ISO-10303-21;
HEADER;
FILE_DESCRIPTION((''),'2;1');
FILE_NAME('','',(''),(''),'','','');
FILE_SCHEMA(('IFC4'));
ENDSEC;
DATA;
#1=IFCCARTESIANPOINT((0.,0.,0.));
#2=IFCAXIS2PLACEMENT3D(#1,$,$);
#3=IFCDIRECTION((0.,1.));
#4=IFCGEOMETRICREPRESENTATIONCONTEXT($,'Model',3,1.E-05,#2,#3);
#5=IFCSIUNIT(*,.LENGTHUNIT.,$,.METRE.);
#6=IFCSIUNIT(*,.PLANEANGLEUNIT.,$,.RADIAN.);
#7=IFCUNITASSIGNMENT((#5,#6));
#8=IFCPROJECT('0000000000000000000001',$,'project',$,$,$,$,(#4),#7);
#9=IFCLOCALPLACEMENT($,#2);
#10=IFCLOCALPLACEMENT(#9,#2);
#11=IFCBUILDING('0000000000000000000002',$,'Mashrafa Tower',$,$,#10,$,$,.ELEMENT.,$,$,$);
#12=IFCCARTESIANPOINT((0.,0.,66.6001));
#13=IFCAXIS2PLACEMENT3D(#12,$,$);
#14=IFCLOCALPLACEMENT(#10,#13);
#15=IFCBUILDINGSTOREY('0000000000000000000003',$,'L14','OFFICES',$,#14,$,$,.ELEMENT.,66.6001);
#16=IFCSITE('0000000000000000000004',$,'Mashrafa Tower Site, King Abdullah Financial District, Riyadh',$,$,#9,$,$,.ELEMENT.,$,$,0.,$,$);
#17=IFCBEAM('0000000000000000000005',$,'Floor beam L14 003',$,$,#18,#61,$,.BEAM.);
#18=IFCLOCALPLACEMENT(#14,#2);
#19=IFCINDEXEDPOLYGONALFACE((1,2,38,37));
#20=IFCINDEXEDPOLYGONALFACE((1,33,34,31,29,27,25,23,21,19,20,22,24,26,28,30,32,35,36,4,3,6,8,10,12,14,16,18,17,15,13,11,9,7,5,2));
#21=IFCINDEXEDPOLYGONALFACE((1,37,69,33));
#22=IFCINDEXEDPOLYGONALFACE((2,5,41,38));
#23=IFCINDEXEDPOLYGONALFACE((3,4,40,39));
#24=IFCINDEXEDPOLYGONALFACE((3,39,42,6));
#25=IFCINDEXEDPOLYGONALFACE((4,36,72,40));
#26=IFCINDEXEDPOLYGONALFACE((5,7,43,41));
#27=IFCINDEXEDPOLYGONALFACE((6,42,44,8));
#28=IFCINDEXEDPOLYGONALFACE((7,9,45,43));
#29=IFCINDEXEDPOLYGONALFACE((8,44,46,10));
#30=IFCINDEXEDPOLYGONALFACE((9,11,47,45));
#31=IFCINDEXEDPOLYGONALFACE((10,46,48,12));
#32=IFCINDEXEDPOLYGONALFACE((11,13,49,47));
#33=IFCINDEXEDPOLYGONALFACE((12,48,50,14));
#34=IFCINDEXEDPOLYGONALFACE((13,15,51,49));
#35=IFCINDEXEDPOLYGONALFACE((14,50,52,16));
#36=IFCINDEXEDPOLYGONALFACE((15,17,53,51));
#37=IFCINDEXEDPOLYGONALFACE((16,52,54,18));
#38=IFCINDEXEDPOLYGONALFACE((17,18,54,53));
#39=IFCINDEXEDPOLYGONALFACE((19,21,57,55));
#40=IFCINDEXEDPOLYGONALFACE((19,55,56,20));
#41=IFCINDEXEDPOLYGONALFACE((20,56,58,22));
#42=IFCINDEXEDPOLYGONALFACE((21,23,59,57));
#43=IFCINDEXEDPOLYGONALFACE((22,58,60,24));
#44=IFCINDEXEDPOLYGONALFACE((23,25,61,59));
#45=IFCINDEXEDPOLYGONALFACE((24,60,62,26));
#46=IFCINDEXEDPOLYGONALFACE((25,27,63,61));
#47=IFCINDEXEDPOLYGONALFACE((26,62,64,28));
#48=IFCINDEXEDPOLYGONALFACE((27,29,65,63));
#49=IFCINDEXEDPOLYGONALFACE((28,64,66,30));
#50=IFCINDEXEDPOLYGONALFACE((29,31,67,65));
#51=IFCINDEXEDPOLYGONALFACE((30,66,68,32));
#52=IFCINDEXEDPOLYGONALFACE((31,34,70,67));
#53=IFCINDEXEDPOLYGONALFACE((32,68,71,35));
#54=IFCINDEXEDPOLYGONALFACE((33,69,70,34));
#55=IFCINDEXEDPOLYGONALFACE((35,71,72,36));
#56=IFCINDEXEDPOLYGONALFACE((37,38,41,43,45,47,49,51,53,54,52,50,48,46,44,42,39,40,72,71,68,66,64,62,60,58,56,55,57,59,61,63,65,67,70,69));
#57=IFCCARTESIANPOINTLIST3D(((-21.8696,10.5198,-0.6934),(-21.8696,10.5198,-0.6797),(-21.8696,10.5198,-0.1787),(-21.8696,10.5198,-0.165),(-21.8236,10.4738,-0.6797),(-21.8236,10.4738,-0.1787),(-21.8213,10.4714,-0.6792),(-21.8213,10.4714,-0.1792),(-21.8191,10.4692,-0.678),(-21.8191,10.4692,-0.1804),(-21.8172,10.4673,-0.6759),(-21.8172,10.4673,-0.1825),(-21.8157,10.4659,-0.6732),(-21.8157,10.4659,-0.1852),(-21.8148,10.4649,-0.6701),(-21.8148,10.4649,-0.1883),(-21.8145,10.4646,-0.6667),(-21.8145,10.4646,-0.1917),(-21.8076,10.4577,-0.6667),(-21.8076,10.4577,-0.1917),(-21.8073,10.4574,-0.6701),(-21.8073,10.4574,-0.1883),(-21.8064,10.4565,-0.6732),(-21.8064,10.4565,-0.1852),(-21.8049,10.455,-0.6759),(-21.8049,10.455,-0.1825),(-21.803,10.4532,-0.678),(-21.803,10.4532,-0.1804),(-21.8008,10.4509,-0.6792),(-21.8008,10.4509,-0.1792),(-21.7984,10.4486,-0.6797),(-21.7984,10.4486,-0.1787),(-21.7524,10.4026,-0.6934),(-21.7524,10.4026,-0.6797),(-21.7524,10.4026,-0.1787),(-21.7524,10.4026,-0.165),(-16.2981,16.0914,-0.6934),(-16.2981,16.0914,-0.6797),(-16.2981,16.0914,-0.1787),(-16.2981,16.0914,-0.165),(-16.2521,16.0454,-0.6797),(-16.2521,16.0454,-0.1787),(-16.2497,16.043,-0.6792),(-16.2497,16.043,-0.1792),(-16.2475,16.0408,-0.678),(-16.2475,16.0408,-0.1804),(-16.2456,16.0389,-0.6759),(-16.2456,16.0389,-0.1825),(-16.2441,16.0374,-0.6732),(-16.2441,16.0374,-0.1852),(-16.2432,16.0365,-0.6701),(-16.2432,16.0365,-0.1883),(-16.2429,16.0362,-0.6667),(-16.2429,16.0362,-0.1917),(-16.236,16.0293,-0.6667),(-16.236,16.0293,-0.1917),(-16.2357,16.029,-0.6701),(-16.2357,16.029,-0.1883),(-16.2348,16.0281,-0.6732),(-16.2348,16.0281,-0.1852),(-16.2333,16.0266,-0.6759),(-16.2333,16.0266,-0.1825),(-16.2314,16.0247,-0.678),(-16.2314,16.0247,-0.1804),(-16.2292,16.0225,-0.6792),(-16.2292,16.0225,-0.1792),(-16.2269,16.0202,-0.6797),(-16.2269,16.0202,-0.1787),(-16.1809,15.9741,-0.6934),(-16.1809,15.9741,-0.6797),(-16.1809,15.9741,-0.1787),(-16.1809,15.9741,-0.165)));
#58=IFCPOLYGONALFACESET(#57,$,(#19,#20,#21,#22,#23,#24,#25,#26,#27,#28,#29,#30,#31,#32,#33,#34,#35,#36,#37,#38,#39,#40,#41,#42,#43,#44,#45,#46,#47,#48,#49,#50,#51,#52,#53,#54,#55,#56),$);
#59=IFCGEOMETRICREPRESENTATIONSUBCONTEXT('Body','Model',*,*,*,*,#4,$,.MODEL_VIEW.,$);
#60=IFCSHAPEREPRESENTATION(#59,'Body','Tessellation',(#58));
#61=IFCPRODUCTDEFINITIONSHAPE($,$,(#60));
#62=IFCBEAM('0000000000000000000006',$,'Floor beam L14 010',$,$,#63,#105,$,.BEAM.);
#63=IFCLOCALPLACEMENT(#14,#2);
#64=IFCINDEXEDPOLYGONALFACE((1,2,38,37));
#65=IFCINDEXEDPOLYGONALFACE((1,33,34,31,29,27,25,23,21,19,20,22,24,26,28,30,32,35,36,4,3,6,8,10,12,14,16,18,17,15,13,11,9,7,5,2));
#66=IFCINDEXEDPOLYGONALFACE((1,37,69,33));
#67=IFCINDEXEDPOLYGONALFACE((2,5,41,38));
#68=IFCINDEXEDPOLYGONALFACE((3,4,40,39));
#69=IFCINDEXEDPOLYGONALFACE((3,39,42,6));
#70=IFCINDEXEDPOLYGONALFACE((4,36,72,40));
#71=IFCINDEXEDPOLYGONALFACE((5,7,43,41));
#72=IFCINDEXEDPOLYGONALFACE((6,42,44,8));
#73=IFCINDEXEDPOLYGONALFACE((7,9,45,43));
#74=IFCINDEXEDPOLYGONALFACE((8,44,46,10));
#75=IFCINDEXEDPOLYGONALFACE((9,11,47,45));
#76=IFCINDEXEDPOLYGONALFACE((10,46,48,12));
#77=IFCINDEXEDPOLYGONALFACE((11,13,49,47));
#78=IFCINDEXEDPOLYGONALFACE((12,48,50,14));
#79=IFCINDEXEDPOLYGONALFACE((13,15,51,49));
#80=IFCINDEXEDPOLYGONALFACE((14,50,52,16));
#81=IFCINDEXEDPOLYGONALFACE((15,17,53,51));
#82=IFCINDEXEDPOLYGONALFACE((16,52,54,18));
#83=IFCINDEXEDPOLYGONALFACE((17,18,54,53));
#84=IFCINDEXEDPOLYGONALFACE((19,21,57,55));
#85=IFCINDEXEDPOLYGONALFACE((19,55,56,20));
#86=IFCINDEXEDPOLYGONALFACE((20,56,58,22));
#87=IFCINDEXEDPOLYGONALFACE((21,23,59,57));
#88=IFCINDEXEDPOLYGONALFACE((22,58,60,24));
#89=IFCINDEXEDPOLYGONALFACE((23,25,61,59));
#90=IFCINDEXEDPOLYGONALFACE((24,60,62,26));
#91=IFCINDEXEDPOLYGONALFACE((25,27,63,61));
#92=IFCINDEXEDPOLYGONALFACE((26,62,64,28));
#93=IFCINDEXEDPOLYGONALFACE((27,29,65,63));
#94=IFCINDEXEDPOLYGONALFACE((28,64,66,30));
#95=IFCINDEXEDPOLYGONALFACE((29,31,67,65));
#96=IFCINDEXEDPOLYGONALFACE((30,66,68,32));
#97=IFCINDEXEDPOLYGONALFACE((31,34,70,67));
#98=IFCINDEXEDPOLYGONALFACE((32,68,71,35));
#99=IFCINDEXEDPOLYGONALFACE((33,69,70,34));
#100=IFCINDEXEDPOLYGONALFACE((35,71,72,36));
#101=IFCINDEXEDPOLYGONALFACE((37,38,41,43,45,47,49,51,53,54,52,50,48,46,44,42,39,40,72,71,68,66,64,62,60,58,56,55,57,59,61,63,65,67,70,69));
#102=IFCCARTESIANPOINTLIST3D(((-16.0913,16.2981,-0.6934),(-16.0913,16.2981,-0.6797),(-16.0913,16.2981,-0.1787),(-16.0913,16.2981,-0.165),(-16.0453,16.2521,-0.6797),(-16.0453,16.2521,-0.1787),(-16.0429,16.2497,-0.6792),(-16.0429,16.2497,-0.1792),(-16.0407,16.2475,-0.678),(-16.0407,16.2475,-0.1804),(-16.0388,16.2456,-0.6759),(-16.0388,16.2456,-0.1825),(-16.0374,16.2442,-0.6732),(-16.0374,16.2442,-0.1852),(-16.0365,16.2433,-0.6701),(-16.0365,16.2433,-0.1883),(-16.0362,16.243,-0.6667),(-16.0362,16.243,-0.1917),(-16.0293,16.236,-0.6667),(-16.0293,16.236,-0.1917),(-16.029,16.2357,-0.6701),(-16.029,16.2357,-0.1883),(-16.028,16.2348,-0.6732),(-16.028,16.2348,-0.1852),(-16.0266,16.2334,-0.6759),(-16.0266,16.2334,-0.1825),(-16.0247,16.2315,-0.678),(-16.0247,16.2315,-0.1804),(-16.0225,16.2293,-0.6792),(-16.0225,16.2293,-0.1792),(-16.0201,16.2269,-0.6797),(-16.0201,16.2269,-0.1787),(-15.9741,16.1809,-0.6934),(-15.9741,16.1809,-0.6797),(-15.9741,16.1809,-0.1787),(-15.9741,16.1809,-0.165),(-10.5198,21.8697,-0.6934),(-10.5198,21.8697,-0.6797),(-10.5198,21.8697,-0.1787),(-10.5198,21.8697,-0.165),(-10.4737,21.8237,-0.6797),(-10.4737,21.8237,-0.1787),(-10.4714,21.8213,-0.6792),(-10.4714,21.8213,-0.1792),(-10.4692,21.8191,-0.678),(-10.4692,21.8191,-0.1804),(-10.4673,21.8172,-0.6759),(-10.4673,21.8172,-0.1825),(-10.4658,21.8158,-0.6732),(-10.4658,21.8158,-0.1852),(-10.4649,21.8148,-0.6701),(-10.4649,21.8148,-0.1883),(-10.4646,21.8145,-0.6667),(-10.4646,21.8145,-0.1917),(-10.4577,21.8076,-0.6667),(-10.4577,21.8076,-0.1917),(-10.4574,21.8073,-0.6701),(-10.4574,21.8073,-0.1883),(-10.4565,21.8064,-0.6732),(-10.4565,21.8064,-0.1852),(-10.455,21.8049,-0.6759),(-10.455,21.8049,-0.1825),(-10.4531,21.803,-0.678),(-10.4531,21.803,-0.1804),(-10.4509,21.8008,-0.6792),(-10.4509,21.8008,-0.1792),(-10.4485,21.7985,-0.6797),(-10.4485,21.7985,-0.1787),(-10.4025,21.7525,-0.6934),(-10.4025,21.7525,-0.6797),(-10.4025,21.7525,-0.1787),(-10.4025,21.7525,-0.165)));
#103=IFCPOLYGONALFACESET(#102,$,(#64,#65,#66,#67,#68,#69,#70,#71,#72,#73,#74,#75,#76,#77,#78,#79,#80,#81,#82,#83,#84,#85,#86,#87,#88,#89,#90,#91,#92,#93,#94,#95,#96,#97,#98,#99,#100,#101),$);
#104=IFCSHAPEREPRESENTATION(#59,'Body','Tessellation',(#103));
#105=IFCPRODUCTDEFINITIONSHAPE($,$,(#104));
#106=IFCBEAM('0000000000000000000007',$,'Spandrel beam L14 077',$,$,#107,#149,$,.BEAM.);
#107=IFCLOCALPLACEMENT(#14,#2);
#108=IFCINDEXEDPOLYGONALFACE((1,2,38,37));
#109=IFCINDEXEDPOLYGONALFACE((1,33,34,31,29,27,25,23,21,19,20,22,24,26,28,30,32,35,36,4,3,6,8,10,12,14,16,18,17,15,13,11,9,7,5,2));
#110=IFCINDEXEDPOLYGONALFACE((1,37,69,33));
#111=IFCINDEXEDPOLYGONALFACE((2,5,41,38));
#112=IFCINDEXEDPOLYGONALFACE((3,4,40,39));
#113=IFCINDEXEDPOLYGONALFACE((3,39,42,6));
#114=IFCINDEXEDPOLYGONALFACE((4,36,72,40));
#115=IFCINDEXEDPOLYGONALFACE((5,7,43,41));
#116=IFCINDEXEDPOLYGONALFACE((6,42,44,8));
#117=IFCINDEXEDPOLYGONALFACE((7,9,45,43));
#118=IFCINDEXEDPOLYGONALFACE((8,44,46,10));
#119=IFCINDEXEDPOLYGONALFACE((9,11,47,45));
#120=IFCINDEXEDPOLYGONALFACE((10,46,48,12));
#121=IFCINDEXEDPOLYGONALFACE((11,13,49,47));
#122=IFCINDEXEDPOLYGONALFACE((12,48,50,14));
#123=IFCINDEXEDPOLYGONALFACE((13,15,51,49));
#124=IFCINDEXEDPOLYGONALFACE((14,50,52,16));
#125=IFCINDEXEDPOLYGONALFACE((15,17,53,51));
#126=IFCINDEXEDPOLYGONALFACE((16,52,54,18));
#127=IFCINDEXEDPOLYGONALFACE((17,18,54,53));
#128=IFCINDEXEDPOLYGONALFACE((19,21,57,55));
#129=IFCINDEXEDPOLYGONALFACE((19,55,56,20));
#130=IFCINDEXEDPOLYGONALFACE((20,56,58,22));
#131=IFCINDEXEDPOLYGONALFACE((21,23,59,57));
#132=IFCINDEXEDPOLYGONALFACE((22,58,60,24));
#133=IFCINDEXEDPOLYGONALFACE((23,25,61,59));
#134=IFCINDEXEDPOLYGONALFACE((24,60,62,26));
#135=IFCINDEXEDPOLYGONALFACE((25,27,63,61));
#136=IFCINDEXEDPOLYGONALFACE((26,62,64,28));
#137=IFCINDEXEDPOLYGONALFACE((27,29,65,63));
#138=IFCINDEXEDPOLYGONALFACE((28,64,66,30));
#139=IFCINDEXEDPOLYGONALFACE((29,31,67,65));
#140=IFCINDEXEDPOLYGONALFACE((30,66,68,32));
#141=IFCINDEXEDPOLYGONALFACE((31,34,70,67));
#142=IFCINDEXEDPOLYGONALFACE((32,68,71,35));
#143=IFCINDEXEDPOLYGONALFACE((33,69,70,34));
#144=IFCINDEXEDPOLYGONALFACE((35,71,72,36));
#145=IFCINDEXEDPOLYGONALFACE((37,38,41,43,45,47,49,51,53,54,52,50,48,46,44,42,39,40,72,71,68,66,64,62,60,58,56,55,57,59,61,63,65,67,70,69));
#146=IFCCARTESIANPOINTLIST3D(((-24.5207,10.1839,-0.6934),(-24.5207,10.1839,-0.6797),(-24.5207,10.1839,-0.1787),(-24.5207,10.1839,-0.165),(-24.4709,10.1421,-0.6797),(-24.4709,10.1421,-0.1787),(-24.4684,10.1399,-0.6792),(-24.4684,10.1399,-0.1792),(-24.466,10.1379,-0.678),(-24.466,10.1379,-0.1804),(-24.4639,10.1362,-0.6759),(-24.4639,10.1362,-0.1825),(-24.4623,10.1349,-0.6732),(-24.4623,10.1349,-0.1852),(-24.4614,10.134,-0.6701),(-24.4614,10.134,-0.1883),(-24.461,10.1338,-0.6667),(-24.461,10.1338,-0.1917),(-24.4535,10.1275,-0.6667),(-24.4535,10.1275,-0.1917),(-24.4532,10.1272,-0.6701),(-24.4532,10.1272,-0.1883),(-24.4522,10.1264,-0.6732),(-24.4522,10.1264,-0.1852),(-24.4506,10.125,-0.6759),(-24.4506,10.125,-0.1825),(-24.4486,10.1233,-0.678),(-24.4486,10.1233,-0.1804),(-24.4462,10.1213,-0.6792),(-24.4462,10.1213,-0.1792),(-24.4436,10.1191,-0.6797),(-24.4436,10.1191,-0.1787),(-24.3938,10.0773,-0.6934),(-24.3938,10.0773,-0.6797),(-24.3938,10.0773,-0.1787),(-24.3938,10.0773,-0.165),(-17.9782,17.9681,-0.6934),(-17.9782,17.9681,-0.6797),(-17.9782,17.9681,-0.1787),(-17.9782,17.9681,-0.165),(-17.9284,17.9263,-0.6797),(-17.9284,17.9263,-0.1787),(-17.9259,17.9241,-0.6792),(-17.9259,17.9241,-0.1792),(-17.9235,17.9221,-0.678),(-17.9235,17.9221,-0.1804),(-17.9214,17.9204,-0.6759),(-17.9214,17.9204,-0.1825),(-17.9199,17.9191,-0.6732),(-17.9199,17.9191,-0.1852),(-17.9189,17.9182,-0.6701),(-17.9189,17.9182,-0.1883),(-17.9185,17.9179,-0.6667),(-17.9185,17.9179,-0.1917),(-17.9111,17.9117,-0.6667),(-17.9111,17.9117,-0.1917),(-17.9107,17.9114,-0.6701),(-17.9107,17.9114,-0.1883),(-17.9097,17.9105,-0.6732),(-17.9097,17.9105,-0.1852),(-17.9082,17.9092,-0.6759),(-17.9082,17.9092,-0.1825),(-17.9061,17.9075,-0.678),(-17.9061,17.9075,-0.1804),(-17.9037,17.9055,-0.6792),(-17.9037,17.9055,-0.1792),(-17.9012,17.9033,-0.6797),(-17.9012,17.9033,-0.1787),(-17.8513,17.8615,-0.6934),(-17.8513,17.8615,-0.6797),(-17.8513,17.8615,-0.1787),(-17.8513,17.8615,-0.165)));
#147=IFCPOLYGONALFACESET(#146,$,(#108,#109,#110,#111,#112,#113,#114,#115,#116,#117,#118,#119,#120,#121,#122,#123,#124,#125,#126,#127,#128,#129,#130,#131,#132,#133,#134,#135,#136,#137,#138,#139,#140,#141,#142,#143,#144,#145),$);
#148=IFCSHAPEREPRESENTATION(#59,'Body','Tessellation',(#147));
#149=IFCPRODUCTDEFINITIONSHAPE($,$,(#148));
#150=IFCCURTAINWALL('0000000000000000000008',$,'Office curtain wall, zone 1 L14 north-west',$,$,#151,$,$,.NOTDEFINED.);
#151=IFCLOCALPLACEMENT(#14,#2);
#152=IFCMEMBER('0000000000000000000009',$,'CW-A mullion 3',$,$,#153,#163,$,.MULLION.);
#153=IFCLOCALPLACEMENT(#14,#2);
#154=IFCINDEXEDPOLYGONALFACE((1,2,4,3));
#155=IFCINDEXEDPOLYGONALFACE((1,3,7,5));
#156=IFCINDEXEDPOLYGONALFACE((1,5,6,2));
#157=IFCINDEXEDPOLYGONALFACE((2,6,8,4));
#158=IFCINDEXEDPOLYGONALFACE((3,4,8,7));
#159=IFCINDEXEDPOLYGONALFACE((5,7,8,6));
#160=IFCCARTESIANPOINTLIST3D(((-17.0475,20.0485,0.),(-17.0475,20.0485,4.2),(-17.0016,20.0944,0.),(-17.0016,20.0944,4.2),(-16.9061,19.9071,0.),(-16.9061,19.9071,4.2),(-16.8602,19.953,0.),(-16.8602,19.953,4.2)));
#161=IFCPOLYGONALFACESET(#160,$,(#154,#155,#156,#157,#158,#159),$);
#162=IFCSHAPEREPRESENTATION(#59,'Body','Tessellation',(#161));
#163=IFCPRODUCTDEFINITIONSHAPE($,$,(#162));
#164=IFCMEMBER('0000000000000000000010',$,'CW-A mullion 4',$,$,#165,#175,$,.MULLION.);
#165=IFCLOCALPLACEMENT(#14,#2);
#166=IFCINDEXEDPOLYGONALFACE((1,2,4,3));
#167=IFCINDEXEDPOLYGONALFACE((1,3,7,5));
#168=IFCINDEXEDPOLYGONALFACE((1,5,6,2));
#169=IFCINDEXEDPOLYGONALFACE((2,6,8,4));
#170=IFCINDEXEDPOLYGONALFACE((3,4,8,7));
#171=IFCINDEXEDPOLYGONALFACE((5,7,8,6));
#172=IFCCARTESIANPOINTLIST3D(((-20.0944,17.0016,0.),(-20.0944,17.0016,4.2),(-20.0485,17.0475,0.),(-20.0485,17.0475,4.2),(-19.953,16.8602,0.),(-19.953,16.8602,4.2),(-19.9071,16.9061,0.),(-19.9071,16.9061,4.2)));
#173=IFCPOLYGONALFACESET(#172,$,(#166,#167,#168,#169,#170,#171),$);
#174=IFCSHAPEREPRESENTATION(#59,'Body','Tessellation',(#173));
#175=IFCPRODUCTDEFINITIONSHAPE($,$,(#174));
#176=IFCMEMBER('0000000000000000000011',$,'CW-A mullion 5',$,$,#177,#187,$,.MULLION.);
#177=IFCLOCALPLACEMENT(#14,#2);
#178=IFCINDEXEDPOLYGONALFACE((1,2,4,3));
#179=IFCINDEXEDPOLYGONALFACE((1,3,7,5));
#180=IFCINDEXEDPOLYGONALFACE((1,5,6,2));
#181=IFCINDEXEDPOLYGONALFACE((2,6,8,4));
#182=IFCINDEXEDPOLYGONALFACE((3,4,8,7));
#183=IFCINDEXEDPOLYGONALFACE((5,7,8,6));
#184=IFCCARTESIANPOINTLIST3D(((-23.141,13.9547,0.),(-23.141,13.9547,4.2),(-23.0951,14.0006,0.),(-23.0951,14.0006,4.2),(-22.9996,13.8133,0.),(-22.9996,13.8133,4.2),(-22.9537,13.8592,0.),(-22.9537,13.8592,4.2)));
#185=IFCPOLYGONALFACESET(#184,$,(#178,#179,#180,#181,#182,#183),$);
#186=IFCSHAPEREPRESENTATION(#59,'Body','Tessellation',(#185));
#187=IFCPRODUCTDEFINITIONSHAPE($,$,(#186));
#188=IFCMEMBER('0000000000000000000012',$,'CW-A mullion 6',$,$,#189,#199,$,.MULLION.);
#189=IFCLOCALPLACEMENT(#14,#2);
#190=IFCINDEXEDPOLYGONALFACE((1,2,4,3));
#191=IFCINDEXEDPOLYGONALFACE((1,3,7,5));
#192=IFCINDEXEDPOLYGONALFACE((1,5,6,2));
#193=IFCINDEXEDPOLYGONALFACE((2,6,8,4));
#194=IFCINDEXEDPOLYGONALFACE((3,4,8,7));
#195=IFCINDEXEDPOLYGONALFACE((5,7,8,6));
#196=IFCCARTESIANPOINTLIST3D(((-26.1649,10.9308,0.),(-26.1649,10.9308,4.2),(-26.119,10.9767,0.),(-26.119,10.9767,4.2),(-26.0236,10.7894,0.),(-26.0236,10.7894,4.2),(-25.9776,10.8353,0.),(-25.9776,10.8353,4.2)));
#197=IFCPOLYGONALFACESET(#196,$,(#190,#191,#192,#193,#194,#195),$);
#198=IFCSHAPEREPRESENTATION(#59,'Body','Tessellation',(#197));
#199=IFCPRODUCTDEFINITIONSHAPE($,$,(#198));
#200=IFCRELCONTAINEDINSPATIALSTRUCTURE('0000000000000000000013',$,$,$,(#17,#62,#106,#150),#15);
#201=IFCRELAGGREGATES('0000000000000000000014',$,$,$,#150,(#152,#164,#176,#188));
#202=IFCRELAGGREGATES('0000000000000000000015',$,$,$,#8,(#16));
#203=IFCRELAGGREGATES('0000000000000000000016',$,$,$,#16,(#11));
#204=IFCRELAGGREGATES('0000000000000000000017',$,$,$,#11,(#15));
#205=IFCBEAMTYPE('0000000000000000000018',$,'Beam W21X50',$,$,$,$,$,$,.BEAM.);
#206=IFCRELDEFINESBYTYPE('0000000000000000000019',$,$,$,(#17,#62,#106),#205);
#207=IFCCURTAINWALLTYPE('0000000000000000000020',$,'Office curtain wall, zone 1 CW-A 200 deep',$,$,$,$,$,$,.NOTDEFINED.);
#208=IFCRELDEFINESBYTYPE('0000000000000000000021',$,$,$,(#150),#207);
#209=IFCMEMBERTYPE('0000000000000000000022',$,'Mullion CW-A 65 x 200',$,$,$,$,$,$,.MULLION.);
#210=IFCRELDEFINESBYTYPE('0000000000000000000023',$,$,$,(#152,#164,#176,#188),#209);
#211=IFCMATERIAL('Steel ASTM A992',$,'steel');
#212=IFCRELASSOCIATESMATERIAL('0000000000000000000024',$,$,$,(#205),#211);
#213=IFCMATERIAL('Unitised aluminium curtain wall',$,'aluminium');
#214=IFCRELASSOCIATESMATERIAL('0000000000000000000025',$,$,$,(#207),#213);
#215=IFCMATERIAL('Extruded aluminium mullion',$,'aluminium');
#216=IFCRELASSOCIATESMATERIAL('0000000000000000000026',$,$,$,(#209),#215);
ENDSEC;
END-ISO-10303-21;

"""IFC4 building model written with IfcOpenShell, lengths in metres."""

from ifc_helpers import new_model, si_unit, direction, frame, origin, origin_2d, place, context, subcontext, project, spatial, rectangle, i_section, extrude, source, transform, mapped, material, material_profile, profile_set, type_object, type_shapes, element, aggregate, save


model = new_model("IFC4")

# Units and contexts
model_context = context("Model", 3, precision=1e-05, world=origin(), true_north=direction((0.0, 1.0)))
body_context = subcontext(model_context, "Body", "Model", "MODEL_VIEW")
ifc_project = project(units=[si_unit("LENGTHUNIT", "METRE"), si_unit("PLANEANGLEUNIT", "RADIAN")], contexts=[model_context])

# Site, building, storey
site_placement = place(None, origin())
site = spatial("IfcSite", under=ifc_project, at=site_placement, Name="Mashrafa Tower Site, King Abdullah Financial District, Riyadh", CompositionType="ELEMENT", RefElevation=0.0)
building_placement = place(site_placement, origin())
building = spatial("IfcBuilding", under=site, at=building_placement, Name="Mashrafa Tower", CompositionType="ELEMENT")
storey_placement = place(building_placement, frame((0.0, 0.0, 66.6001)))
storey = spatial("IfcBuildingStorey", under=building, at=storey_placement, Name="L14", Description="OFFICES", CompositionType="ELEMENT", Elevation=66.6001)

# Beams
ifc_material_1 = material(Name="Steel ASTM A992", Category="steel")
ifc_material_profile_1 = material_profile(ifc_material_1, i_section(OverallWidth=0.1658, OverallDepth=0.5283, WebThickness=0.0098, FlangeThickness=0.0137, FilletRadius=0.0129, at=origin_2d()), Name="W21X50")
ifc_profile_set_1 = profile_set([ifc_material_profile_1], Name="Steel ASTM A992")
beam_type_1 = type_object("IfcBeamType", Name="Beam W21X50", PredefinedType="BEAM", material=ifc_profile_set_1)
for number, where, z_axis, x_axis, name in (
    (1, (-21.811, 10.4612, -0.4292), (0.707107, 0.707107, 0.0), (-0.707107, 0.707107, 0.0), "Floor beam L14 003"),
    (2, (-16.0327, 16.2395, -0.4292), (0.707107, 0.707107, 0.0), (-0.707107, 0.707107, 0.0), "Floor beam L14 010"),
):
    element("IfcBeam", number, at=place(storey_placement, frame(where, z_axis=z_axis, x_axis=x_axis)), inside=storey, type_object=beam_type_1, Name=name, PredefinedType="BEAM", context=body_context, shape_type="SweptSolid", body=[
        extrude(i_section(OverallWidth=0.1658, OverallDepth=0.5283, WebThickness=0.0098, FlangeThickness=0.0137, FilletRadius=0.0129, at=origin_2d()), origin(), (0.0, 0.0, 1.0), 7.8794),
    ])
beam_1_placement = place(storey_placement, frame((-17.9148, 17.9148, -0.4292), z_axis=(-0.643409, -0.765522, 0.0), x_axis=(0.765522, -0.643409, 0.0)))
element("IfcBeam", 3, at=beam_1_placement, inside=storey, type_object=beam_type_1, Name="Spandrel beam L14 077", PredefinedType="BEAM", context=body_context, shape_type="SweptSolid", body=[
    extrude(i_section(OverallWidth=0.1658, OverallDepth=0.5283, WebThickness=0.0098, FlangeThickness=0.0137, FilletRadius=0.0129, at=origin_2d()), origin(), (0.0, 0.0, 1.0), 10.1685),
])

# Curtain wall, members
ifc_material_2 = material(Name="Unitised aluminium curtain wall", Category="aluminium")
curtain_wall_type = type_object("IfcCurtainWallType", Name="Office curtain wall, zone 1 CW-A 200 deep", PredefinedType="NOTDEFINED", material=ifc_material_2)
curtain_wall_1_placement = place(storey_placement, origin())
curtain_wall_1 = element("IfcCurtainWall", 4, at=curtain_wall_1_placement, inside=storey, type_object=curtain_wall_type, Name="Office curtain wall, zone 1 L14 north-west", PredefinedType="NOTDEFINED")
ifc_material_3 = material(Name="Extruded aluminium mullion", Category="aluminium")
ifc_material_profile_2 = material_profile(ifc_material_3, rectangle(XDim=0.2, YDim=0.0649, at=origin_2d()), Name="Mullion 65x200")
ifc_profile_set_2 = profile_set([ifc_material_profile_2], Name="Extruded aluminium mullion")
member_type_1 = type_object("IfcMemberType", Name="Mullion CW-A 65 x 200", PredefinedType="MULLION", material=ifc_profile_set_2)
shared_shape_1 = source(origin(), body_context, "Body", "SweptSolid", [
    extrude(rectangle(XDim=0.2, YDim=0.0649, at=origin_2d()), origin(), (0.0, 0.0, 1.0), 4.2),
])
type_shapes(member_type_1, [shared_shape_1])
member_1_placement = place(storey_placement, frame((-16.9539, 20.0007, 0.0), z_axis=(0.0, 0.0, 1.0), x_axis=(0.707107, -0.707107, 0.0)))
member_1 = element("IfcMember", 5, at=member_1_placement, type_object=member_type_1, Name="CW-A mullion 3", PredefinedType="MULLION", context=body_context, shape_type="MappedRepresentation", body=[
    mapped(shared_shape_1, transform((0.0, 0.0, 0.0))),
])
member_2_placement = place(storey_placement, frame((-20.0007, 16.9539, 0.0), z_axis=(0.0, 0.0, 1.0), x_axis=(0.707107, -0.707107, 0.0)))
member_2 = element("IfcMember", 6, at=member_2_placement, type_object=member_type_1, Name="CW-A mullion 4", PredefinedType="MULLION", context=body_context, shape_type="MappedRepresentation", body=[
    mapped(shared_shape_1, transform((0.0, 0.0, 0.0))),
])
member_3_placement = place(storey_placement, frame((-23.0474, 13.907, 0.0), z_axis=(0.0, 0.0, 1.0), x_axis=(0.707107, -0.707107, 0.0)))
member_3 = element("IfcMember", 7, at=member_3_placement, type_object=member_type_1, Name="CW-A mullion 5", PredefinedType="MULLION", context=body_context, shape_type="MappedRepresentation", body=[
    mapped(shared_shape_1, transform((0.0, 0.0, 0.0))),
])
member_4_placement = place(storey_placement, frame((-26.0713, 10.8831, 0.0), z_axis=(0.0, 0.0, 1.0), x_axis=(0.707107, -0.707107, 0.0)))
member_4 = element("IfcMember", 8, at=member_4_placement, type_object=member_type_1, Name="CW-A mullion 6", PredefinedType="MULLION", context=body_context, shape_type="MappedRepresentation", body=[
    mapped(shared_shape_1, transform((0.0, 0.0, 0.0))),
])

aggregate(curtain_wall_1, [member_1, member_2, member_3, member_4])

save(model, "model.ifc")
